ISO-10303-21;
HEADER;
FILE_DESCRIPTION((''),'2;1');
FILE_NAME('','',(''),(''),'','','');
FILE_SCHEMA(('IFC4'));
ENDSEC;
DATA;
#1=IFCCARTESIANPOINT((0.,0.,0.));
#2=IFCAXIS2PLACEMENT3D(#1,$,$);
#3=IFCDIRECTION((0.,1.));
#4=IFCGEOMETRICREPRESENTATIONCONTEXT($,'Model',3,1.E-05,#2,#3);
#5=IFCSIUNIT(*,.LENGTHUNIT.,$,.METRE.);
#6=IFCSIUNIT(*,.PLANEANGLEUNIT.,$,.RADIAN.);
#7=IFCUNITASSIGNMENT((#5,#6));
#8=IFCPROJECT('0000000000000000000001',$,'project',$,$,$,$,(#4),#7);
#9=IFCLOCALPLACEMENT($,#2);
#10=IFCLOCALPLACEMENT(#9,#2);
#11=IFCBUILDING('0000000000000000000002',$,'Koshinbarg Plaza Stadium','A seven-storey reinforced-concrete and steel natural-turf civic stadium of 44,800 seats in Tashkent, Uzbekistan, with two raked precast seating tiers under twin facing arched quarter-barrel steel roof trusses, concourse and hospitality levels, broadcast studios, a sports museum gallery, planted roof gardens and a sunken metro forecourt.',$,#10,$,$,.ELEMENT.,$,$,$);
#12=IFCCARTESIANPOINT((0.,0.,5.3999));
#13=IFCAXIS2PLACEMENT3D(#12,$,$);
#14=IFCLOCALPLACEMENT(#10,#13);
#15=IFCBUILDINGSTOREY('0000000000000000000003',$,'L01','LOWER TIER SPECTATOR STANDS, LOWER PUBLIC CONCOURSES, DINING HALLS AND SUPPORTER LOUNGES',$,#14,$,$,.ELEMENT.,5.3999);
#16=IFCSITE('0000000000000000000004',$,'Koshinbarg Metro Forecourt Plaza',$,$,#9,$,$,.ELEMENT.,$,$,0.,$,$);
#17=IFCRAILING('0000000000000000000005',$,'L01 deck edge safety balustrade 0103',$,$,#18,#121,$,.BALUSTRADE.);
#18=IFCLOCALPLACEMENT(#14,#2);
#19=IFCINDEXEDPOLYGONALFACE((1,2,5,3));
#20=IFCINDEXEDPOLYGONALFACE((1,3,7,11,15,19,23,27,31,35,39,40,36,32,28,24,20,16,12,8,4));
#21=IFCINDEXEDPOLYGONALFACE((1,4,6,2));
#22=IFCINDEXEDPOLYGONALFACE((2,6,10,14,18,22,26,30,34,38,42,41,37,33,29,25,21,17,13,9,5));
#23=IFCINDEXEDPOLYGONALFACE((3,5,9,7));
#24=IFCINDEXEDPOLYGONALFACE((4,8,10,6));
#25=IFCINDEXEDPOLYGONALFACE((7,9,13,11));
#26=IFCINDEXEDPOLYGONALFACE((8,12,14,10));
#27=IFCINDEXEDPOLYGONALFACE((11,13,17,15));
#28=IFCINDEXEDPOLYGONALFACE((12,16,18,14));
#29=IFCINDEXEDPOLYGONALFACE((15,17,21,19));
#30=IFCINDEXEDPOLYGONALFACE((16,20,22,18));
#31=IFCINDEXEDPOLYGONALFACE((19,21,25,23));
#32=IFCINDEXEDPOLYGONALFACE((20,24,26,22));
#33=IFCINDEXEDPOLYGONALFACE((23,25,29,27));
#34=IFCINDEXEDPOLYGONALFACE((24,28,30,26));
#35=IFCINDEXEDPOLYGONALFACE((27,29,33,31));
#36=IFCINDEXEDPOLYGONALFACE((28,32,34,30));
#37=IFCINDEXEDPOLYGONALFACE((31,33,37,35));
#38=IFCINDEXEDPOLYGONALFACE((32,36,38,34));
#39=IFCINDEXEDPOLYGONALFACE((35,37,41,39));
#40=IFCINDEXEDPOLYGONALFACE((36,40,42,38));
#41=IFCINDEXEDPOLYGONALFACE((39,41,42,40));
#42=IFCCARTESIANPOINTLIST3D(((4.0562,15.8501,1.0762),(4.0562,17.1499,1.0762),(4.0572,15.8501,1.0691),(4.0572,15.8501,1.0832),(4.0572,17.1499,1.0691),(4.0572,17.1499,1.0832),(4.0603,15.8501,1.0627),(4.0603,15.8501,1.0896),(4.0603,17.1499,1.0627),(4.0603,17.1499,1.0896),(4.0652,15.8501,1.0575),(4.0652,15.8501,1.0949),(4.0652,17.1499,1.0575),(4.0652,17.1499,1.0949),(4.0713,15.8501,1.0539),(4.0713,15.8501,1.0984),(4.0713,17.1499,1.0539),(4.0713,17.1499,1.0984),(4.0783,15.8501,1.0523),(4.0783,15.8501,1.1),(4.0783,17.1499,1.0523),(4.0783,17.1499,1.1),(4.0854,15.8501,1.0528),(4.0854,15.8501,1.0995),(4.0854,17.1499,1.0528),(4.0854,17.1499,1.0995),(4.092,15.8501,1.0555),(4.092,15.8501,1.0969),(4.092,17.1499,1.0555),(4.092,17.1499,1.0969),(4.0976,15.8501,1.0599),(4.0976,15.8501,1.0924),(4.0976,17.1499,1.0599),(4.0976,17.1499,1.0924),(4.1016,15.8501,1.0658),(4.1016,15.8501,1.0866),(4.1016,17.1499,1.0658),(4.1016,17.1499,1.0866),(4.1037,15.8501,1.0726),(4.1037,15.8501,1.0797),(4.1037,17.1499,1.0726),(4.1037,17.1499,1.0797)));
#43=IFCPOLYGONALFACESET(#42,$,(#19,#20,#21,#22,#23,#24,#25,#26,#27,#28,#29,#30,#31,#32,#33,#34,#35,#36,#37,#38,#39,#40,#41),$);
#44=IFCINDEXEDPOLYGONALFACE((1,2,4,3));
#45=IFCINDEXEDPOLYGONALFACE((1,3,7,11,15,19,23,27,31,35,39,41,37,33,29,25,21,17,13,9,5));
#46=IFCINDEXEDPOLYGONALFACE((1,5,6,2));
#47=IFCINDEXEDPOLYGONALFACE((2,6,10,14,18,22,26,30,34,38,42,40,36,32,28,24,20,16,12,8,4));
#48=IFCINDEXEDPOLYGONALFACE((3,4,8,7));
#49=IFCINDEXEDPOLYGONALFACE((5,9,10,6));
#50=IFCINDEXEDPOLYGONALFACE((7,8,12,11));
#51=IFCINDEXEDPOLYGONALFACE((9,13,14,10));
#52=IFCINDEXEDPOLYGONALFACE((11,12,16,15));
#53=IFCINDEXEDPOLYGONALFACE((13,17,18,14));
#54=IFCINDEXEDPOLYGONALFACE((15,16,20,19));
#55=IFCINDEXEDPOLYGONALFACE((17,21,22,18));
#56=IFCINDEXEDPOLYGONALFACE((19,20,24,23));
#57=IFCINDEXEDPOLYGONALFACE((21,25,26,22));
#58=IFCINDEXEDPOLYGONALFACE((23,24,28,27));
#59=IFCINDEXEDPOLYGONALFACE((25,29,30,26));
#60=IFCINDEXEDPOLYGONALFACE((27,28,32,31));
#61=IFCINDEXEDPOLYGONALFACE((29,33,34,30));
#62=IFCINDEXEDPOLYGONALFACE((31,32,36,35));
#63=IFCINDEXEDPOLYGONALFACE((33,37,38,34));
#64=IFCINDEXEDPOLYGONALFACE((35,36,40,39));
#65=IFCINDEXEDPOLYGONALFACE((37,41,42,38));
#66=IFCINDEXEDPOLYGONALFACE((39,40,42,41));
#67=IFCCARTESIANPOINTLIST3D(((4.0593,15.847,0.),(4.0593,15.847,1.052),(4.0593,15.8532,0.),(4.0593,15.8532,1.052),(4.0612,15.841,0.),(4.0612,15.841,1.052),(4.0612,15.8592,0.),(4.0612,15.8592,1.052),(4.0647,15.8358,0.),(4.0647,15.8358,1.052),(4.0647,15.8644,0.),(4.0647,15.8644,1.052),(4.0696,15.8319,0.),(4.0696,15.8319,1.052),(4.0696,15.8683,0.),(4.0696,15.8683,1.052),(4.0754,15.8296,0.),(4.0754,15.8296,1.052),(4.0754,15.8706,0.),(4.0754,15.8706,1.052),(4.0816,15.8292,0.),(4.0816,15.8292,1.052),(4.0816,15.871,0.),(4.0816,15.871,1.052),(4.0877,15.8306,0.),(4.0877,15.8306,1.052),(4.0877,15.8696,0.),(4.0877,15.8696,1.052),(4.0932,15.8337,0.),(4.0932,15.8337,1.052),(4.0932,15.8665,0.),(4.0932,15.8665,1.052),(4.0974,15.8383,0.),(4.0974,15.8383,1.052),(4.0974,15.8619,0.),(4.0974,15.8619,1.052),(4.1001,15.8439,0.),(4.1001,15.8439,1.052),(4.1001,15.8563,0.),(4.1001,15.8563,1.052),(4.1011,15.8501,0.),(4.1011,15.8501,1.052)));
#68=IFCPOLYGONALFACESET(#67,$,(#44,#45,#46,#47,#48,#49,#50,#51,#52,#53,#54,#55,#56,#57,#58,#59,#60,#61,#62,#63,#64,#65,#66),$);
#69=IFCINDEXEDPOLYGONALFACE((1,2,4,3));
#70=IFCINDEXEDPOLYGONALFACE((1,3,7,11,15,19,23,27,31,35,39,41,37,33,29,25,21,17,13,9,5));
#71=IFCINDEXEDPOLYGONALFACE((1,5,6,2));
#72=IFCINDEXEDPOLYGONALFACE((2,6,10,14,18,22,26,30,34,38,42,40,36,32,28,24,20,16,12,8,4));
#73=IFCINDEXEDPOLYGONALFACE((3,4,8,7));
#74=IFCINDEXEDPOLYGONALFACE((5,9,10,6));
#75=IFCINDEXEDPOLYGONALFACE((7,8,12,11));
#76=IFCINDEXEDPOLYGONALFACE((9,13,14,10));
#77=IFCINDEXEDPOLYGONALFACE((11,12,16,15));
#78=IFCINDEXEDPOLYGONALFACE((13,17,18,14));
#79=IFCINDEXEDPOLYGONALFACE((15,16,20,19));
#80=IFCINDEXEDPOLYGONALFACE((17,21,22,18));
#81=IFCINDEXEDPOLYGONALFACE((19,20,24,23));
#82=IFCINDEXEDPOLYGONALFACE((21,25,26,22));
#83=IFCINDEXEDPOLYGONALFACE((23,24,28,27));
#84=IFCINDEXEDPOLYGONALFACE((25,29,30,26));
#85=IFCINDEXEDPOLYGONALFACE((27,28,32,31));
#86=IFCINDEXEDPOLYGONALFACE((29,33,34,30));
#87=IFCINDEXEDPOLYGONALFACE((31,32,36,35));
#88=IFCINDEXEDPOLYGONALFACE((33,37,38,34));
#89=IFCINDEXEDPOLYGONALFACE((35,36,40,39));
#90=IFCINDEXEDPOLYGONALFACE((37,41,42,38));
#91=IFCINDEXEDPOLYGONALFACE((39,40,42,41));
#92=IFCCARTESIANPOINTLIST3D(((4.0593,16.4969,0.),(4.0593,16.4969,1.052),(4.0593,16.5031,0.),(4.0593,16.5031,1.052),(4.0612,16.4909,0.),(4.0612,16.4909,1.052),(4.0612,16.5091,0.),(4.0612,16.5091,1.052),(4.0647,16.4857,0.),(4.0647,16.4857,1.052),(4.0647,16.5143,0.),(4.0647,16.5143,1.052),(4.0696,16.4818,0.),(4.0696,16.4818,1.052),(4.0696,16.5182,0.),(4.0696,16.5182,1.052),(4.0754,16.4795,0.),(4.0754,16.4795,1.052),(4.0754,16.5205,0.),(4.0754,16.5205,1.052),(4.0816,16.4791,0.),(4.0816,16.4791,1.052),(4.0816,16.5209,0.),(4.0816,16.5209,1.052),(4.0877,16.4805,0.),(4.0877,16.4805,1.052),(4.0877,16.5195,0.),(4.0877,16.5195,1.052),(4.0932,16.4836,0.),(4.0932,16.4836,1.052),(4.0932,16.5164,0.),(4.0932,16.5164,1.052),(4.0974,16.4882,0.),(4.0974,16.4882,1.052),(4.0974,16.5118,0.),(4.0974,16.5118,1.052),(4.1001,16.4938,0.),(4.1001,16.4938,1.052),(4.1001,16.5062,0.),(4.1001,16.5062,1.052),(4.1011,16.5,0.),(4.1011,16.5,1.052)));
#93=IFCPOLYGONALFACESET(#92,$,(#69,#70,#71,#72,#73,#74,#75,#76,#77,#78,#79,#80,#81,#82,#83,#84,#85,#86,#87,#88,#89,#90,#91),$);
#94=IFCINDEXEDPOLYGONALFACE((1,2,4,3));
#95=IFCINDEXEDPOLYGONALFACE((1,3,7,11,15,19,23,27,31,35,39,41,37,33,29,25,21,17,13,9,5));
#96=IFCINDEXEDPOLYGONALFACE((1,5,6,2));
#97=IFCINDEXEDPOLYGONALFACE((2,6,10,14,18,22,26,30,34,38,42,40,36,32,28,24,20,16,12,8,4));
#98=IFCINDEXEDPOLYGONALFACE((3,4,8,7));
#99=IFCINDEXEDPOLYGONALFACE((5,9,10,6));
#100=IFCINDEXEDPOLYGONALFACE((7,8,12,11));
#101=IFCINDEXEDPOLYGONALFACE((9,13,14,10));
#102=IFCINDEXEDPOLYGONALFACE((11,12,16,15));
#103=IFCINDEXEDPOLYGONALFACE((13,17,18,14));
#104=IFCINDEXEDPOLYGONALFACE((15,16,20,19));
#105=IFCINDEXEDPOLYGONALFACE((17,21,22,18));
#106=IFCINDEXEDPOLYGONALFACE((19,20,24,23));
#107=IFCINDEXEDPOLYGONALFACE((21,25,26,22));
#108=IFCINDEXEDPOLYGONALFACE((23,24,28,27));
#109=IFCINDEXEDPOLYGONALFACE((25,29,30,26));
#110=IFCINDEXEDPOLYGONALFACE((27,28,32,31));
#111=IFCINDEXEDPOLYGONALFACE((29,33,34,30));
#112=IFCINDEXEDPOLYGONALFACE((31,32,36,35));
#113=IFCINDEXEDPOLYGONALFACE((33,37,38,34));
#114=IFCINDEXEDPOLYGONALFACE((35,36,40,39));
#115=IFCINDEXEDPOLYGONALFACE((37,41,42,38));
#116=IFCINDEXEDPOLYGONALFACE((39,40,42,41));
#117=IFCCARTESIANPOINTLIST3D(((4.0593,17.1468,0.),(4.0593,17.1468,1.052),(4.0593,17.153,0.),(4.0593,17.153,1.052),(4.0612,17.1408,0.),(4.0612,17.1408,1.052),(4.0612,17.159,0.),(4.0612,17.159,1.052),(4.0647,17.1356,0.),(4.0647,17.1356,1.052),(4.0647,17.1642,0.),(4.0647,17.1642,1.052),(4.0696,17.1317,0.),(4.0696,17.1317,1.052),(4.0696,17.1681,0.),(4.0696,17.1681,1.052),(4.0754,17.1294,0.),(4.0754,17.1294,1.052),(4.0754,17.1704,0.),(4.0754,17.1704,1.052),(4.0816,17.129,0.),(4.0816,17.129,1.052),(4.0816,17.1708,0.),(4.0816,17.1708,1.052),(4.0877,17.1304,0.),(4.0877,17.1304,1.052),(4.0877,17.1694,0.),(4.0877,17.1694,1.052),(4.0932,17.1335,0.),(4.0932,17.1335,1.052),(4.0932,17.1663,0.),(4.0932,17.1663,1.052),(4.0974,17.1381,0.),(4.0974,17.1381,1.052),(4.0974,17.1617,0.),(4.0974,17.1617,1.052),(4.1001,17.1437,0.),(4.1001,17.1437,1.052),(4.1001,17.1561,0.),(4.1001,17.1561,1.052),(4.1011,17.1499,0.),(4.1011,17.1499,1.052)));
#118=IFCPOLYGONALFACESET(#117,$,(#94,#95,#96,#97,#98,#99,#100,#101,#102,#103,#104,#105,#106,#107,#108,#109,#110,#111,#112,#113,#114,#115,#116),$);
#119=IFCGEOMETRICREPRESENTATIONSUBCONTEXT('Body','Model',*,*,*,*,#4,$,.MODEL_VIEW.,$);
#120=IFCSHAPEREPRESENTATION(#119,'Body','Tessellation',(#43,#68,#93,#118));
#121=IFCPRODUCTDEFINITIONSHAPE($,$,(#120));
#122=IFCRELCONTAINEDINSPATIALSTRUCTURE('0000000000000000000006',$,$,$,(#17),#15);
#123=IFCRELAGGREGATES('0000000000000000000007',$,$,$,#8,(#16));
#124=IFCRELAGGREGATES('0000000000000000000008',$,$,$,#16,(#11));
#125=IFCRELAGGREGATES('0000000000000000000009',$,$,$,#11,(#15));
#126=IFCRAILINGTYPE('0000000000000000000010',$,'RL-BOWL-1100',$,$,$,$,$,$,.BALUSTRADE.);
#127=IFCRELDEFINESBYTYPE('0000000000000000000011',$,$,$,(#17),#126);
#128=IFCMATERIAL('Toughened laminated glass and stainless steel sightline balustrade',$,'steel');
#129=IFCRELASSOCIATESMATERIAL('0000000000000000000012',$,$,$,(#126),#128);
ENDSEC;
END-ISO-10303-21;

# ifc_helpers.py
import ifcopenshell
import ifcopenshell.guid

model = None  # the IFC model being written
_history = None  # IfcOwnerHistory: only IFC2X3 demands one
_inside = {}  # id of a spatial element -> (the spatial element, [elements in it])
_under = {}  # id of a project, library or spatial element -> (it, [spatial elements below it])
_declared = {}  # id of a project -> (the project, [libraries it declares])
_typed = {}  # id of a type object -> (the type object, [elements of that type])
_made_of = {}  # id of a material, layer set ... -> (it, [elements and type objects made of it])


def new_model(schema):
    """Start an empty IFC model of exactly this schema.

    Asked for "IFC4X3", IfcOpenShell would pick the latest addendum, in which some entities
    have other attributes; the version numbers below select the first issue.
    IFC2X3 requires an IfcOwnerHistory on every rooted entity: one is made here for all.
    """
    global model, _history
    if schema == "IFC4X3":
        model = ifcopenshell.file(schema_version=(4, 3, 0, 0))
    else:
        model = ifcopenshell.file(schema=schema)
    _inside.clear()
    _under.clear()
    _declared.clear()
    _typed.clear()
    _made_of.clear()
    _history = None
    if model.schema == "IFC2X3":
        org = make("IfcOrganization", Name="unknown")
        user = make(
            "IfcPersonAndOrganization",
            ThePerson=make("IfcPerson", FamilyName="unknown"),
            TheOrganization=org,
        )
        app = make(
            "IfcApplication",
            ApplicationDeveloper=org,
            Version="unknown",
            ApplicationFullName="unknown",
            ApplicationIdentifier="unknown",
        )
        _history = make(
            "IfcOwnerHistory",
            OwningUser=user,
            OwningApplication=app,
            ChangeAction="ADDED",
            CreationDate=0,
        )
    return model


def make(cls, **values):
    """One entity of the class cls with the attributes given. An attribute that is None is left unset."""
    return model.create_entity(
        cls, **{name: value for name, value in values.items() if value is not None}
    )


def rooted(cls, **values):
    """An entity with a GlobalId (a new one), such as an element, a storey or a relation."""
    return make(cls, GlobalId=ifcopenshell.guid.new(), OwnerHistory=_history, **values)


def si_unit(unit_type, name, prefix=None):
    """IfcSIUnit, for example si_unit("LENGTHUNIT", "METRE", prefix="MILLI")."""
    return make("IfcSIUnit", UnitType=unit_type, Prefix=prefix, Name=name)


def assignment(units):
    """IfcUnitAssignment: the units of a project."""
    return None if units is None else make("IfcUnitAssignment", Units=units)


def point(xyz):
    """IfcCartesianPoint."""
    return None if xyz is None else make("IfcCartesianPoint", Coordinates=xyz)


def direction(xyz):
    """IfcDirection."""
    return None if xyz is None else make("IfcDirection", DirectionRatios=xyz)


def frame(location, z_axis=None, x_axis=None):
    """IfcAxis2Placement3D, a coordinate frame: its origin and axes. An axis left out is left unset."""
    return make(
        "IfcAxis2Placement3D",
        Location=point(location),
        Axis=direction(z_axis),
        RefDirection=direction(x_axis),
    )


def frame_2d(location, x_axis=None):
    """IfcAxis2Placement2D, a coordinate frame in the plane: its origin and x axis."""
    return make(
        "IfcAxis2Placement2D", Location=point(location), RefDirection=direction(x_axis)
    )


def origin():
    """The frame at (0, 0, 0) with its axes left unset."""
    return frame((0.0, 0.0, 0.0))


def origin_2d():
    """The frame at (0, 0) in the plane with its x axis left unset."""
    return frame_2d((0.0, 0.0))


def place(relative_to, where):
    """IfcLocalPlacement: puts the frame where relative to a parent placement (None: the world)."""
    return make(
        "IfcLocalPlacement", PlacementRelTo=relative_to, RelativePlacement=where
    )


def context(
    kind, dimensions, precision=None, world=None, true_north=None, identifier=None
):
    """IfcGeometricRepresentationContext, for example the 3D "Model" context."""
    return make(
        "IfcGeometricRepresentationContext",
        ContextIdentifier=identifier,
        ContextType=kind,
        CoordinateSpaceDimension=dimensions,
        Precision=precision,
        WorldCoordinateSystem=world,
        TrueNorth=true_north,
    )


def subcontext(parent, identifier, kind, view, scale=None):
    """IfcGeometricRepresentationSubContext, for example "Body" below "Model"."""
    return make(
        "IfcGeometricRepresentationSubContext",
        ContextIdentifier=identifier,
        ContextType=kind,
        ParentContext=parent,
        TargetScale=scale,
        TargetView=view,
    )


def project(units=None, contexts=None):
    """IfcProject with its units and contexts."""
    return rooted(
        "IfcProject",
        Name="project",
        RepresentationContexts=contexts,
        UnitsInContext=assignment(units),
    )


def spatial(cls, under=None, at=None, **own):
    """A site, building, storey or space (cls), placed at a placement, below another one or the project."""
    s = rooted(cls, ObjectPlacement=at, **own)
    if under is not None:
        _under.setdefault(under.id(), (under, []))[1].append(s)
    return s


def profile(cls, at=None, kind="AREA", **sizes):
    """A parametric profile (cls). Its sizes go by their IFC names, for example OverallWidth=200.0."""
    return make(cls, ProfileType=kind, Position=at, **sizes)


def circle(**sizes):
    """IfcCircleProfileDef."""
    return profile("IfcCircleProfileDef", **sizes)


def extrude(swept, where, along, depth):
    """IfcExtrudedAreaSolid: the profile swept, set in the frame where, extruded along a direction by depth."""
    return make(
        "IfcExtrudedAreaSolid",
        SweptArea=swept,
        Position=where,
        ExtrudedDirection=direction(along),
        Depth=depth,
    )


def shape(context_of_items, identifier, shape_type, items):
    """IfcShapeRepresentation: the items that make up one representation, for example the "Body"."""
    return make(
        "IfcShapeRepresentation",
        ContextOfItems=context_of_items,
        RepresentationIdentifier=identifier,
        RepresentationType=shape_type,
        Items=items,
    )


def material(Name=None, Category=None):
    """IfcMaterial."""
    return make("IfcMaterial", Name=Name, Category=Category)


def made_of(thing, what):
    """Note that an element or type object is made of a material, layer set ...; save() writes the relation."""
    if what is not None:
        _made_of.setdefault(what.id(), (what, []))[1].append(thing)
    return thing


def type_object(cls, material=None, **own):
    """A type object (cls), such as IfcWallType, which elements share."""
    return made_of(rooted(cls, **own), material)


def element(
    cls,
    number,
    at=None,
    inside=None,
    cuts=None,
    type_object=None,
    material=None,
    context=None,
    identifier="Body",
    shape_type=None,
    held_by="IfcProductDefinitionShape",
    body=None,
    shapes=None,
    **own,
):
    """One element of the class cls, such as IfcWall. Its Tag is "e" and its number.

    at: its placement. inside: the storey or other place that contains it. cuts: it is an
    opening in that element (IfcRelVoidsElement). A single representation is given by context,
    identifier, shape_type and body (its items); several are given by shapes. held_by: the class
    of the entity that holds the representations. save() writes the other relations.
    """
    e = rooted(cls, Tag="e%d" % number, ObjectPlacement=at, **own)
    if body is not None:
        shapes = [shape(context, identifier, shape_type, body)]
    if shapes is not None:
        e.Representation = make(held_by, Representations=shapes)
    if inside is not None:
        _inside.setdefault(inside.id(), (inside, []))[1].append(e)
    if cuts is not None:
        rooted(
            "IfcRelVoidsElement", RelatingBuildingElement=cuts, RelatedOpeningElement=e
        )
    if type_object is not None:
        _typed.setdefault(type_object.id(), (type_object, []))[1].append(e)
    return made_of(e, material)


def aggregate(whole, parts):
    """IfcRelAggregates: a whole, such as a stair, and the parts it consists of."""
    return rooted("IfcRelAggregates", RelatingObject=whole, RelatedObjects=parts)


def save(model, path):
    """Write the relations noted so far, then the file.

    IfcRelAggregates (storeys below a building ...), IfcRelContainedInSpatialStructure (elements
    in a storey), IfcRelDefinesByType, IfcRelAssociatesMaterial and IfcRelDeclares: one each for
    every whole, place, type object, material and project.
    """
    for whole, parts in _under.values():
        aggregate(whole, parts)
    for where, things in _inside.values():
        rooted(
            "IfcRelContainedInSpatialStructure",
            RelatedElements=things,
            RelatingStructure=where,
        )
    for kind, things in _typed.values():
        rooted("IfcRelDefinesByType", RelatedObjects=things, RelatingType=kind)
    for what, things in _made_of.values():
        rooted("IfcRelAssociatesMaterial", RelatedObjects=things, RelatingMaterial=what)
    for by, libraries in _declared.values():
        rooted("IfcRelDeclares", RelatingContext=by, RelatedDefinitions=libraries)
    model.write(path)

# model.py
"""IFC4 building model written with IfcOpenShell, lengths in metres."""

from ifc_helpers import new_model, si_unit, direction, frame, origin, origin_2d, place, context, subcontext, project, spatial, circle, extrude, material, type_object, element, save


model = new_model("IFC4")

# Units and contexts
model_context = context("Model", 3, precision=1e-05, world=origin(), true_north=direction((0.0, 1.0)))
body_context = subcontext(model_context, "Body", "Model", "MODEL_VIEW")
ifc_project = project(units=[si_unit("LENGTHUNIT", "METRE"), si_unit("PLANEANGLEUNIT", "RADIAN")], contexts=[model_context])

# Site, building, storey
site_placement = place(None, origin())
site = spatial("IfcSite", under=ifc_project, at=site_placement, Name="Koshinbarg Metro Forecourt Plaza", CompositionType="ELEMENT", RefElevation=0.0)
building_placement = place(site_placement, origin())
building = spatial("IfcBuilding", under=site, at=building_placement, Name="Koshinbarg Plaza Stadium", Description="A seven-storey reinforced-concrete and steel natural-turf civic stadium of 44,800 seats in Tashkent, Uzbekistan, with two raked precast seating tiers under twin facing arched quarter-barrel steel roof trusses, concourse and hospitality levels, broadcast studios, a sports museum gallery, planted roof gardens and a sunken metro forecourt.", CompositionType="ELEMENT")
storey_placement = place(building_placement, frame((0.0, 0.0, 5.3999)))
storey = spatial("IfcBuildingStorey", under=building, at=storey_placement, Name="L01", Description="LOWER TIER SPECTATOR STANDS, LOWER PUBLIC CONCOURSES, DINING HALLS AND SUPPORTER LOUNGES", CompositionType="ELEMENT", Elevation=5.3999)

# Railing
ifc_material_1 = material(Name="Toughened laminated glass and stainless steel sightline balustrade", Category="steel")
railing_type = type_object("IfcRailingType", Name="RL-BOWL-1100", PredefinedType="BALUSTRADE", material=ifc_material_1)
railing_1_placement = place(storey_placement, frame((4.0801, 15.8501, 0.0)))
element("IfcRailing", 1, at=railing_1_placement, inside=storey, type_object=railing_type, Name="L01 deck edge safety balustrade 0103", PredefinedType="BALUSTRADE", context=body_context, shape_type="SweptSolid", body=[
    extrude(circle(Radius=0.0239, at=origin_2d()), frame((0.0, 0.0, 1.0762), z_axis=(0.0, 1.0, 0.0), x_axis=(-1.0, 0.0, 0.0)), (0.0, 0.0, 1.0), 1.2998),
    extrude(circle(Radius=0.021, at=origin_2d()), origin(), (0.0, 0.0, 1.0), 1.052),
    extrude(circle(Radius=0.021, at=origin_2d()), frame((0.0, 0.6499, 0.0)), (0.0, 0.0, 1.0), 1.052),
    extrude(circle(Radius=0.021, at=origin_2d()), frame((0.0, 1.2998, 0.0)), (0.0, 0.0, 1.0), 1.052),
])

save(model, "model.ifc")
